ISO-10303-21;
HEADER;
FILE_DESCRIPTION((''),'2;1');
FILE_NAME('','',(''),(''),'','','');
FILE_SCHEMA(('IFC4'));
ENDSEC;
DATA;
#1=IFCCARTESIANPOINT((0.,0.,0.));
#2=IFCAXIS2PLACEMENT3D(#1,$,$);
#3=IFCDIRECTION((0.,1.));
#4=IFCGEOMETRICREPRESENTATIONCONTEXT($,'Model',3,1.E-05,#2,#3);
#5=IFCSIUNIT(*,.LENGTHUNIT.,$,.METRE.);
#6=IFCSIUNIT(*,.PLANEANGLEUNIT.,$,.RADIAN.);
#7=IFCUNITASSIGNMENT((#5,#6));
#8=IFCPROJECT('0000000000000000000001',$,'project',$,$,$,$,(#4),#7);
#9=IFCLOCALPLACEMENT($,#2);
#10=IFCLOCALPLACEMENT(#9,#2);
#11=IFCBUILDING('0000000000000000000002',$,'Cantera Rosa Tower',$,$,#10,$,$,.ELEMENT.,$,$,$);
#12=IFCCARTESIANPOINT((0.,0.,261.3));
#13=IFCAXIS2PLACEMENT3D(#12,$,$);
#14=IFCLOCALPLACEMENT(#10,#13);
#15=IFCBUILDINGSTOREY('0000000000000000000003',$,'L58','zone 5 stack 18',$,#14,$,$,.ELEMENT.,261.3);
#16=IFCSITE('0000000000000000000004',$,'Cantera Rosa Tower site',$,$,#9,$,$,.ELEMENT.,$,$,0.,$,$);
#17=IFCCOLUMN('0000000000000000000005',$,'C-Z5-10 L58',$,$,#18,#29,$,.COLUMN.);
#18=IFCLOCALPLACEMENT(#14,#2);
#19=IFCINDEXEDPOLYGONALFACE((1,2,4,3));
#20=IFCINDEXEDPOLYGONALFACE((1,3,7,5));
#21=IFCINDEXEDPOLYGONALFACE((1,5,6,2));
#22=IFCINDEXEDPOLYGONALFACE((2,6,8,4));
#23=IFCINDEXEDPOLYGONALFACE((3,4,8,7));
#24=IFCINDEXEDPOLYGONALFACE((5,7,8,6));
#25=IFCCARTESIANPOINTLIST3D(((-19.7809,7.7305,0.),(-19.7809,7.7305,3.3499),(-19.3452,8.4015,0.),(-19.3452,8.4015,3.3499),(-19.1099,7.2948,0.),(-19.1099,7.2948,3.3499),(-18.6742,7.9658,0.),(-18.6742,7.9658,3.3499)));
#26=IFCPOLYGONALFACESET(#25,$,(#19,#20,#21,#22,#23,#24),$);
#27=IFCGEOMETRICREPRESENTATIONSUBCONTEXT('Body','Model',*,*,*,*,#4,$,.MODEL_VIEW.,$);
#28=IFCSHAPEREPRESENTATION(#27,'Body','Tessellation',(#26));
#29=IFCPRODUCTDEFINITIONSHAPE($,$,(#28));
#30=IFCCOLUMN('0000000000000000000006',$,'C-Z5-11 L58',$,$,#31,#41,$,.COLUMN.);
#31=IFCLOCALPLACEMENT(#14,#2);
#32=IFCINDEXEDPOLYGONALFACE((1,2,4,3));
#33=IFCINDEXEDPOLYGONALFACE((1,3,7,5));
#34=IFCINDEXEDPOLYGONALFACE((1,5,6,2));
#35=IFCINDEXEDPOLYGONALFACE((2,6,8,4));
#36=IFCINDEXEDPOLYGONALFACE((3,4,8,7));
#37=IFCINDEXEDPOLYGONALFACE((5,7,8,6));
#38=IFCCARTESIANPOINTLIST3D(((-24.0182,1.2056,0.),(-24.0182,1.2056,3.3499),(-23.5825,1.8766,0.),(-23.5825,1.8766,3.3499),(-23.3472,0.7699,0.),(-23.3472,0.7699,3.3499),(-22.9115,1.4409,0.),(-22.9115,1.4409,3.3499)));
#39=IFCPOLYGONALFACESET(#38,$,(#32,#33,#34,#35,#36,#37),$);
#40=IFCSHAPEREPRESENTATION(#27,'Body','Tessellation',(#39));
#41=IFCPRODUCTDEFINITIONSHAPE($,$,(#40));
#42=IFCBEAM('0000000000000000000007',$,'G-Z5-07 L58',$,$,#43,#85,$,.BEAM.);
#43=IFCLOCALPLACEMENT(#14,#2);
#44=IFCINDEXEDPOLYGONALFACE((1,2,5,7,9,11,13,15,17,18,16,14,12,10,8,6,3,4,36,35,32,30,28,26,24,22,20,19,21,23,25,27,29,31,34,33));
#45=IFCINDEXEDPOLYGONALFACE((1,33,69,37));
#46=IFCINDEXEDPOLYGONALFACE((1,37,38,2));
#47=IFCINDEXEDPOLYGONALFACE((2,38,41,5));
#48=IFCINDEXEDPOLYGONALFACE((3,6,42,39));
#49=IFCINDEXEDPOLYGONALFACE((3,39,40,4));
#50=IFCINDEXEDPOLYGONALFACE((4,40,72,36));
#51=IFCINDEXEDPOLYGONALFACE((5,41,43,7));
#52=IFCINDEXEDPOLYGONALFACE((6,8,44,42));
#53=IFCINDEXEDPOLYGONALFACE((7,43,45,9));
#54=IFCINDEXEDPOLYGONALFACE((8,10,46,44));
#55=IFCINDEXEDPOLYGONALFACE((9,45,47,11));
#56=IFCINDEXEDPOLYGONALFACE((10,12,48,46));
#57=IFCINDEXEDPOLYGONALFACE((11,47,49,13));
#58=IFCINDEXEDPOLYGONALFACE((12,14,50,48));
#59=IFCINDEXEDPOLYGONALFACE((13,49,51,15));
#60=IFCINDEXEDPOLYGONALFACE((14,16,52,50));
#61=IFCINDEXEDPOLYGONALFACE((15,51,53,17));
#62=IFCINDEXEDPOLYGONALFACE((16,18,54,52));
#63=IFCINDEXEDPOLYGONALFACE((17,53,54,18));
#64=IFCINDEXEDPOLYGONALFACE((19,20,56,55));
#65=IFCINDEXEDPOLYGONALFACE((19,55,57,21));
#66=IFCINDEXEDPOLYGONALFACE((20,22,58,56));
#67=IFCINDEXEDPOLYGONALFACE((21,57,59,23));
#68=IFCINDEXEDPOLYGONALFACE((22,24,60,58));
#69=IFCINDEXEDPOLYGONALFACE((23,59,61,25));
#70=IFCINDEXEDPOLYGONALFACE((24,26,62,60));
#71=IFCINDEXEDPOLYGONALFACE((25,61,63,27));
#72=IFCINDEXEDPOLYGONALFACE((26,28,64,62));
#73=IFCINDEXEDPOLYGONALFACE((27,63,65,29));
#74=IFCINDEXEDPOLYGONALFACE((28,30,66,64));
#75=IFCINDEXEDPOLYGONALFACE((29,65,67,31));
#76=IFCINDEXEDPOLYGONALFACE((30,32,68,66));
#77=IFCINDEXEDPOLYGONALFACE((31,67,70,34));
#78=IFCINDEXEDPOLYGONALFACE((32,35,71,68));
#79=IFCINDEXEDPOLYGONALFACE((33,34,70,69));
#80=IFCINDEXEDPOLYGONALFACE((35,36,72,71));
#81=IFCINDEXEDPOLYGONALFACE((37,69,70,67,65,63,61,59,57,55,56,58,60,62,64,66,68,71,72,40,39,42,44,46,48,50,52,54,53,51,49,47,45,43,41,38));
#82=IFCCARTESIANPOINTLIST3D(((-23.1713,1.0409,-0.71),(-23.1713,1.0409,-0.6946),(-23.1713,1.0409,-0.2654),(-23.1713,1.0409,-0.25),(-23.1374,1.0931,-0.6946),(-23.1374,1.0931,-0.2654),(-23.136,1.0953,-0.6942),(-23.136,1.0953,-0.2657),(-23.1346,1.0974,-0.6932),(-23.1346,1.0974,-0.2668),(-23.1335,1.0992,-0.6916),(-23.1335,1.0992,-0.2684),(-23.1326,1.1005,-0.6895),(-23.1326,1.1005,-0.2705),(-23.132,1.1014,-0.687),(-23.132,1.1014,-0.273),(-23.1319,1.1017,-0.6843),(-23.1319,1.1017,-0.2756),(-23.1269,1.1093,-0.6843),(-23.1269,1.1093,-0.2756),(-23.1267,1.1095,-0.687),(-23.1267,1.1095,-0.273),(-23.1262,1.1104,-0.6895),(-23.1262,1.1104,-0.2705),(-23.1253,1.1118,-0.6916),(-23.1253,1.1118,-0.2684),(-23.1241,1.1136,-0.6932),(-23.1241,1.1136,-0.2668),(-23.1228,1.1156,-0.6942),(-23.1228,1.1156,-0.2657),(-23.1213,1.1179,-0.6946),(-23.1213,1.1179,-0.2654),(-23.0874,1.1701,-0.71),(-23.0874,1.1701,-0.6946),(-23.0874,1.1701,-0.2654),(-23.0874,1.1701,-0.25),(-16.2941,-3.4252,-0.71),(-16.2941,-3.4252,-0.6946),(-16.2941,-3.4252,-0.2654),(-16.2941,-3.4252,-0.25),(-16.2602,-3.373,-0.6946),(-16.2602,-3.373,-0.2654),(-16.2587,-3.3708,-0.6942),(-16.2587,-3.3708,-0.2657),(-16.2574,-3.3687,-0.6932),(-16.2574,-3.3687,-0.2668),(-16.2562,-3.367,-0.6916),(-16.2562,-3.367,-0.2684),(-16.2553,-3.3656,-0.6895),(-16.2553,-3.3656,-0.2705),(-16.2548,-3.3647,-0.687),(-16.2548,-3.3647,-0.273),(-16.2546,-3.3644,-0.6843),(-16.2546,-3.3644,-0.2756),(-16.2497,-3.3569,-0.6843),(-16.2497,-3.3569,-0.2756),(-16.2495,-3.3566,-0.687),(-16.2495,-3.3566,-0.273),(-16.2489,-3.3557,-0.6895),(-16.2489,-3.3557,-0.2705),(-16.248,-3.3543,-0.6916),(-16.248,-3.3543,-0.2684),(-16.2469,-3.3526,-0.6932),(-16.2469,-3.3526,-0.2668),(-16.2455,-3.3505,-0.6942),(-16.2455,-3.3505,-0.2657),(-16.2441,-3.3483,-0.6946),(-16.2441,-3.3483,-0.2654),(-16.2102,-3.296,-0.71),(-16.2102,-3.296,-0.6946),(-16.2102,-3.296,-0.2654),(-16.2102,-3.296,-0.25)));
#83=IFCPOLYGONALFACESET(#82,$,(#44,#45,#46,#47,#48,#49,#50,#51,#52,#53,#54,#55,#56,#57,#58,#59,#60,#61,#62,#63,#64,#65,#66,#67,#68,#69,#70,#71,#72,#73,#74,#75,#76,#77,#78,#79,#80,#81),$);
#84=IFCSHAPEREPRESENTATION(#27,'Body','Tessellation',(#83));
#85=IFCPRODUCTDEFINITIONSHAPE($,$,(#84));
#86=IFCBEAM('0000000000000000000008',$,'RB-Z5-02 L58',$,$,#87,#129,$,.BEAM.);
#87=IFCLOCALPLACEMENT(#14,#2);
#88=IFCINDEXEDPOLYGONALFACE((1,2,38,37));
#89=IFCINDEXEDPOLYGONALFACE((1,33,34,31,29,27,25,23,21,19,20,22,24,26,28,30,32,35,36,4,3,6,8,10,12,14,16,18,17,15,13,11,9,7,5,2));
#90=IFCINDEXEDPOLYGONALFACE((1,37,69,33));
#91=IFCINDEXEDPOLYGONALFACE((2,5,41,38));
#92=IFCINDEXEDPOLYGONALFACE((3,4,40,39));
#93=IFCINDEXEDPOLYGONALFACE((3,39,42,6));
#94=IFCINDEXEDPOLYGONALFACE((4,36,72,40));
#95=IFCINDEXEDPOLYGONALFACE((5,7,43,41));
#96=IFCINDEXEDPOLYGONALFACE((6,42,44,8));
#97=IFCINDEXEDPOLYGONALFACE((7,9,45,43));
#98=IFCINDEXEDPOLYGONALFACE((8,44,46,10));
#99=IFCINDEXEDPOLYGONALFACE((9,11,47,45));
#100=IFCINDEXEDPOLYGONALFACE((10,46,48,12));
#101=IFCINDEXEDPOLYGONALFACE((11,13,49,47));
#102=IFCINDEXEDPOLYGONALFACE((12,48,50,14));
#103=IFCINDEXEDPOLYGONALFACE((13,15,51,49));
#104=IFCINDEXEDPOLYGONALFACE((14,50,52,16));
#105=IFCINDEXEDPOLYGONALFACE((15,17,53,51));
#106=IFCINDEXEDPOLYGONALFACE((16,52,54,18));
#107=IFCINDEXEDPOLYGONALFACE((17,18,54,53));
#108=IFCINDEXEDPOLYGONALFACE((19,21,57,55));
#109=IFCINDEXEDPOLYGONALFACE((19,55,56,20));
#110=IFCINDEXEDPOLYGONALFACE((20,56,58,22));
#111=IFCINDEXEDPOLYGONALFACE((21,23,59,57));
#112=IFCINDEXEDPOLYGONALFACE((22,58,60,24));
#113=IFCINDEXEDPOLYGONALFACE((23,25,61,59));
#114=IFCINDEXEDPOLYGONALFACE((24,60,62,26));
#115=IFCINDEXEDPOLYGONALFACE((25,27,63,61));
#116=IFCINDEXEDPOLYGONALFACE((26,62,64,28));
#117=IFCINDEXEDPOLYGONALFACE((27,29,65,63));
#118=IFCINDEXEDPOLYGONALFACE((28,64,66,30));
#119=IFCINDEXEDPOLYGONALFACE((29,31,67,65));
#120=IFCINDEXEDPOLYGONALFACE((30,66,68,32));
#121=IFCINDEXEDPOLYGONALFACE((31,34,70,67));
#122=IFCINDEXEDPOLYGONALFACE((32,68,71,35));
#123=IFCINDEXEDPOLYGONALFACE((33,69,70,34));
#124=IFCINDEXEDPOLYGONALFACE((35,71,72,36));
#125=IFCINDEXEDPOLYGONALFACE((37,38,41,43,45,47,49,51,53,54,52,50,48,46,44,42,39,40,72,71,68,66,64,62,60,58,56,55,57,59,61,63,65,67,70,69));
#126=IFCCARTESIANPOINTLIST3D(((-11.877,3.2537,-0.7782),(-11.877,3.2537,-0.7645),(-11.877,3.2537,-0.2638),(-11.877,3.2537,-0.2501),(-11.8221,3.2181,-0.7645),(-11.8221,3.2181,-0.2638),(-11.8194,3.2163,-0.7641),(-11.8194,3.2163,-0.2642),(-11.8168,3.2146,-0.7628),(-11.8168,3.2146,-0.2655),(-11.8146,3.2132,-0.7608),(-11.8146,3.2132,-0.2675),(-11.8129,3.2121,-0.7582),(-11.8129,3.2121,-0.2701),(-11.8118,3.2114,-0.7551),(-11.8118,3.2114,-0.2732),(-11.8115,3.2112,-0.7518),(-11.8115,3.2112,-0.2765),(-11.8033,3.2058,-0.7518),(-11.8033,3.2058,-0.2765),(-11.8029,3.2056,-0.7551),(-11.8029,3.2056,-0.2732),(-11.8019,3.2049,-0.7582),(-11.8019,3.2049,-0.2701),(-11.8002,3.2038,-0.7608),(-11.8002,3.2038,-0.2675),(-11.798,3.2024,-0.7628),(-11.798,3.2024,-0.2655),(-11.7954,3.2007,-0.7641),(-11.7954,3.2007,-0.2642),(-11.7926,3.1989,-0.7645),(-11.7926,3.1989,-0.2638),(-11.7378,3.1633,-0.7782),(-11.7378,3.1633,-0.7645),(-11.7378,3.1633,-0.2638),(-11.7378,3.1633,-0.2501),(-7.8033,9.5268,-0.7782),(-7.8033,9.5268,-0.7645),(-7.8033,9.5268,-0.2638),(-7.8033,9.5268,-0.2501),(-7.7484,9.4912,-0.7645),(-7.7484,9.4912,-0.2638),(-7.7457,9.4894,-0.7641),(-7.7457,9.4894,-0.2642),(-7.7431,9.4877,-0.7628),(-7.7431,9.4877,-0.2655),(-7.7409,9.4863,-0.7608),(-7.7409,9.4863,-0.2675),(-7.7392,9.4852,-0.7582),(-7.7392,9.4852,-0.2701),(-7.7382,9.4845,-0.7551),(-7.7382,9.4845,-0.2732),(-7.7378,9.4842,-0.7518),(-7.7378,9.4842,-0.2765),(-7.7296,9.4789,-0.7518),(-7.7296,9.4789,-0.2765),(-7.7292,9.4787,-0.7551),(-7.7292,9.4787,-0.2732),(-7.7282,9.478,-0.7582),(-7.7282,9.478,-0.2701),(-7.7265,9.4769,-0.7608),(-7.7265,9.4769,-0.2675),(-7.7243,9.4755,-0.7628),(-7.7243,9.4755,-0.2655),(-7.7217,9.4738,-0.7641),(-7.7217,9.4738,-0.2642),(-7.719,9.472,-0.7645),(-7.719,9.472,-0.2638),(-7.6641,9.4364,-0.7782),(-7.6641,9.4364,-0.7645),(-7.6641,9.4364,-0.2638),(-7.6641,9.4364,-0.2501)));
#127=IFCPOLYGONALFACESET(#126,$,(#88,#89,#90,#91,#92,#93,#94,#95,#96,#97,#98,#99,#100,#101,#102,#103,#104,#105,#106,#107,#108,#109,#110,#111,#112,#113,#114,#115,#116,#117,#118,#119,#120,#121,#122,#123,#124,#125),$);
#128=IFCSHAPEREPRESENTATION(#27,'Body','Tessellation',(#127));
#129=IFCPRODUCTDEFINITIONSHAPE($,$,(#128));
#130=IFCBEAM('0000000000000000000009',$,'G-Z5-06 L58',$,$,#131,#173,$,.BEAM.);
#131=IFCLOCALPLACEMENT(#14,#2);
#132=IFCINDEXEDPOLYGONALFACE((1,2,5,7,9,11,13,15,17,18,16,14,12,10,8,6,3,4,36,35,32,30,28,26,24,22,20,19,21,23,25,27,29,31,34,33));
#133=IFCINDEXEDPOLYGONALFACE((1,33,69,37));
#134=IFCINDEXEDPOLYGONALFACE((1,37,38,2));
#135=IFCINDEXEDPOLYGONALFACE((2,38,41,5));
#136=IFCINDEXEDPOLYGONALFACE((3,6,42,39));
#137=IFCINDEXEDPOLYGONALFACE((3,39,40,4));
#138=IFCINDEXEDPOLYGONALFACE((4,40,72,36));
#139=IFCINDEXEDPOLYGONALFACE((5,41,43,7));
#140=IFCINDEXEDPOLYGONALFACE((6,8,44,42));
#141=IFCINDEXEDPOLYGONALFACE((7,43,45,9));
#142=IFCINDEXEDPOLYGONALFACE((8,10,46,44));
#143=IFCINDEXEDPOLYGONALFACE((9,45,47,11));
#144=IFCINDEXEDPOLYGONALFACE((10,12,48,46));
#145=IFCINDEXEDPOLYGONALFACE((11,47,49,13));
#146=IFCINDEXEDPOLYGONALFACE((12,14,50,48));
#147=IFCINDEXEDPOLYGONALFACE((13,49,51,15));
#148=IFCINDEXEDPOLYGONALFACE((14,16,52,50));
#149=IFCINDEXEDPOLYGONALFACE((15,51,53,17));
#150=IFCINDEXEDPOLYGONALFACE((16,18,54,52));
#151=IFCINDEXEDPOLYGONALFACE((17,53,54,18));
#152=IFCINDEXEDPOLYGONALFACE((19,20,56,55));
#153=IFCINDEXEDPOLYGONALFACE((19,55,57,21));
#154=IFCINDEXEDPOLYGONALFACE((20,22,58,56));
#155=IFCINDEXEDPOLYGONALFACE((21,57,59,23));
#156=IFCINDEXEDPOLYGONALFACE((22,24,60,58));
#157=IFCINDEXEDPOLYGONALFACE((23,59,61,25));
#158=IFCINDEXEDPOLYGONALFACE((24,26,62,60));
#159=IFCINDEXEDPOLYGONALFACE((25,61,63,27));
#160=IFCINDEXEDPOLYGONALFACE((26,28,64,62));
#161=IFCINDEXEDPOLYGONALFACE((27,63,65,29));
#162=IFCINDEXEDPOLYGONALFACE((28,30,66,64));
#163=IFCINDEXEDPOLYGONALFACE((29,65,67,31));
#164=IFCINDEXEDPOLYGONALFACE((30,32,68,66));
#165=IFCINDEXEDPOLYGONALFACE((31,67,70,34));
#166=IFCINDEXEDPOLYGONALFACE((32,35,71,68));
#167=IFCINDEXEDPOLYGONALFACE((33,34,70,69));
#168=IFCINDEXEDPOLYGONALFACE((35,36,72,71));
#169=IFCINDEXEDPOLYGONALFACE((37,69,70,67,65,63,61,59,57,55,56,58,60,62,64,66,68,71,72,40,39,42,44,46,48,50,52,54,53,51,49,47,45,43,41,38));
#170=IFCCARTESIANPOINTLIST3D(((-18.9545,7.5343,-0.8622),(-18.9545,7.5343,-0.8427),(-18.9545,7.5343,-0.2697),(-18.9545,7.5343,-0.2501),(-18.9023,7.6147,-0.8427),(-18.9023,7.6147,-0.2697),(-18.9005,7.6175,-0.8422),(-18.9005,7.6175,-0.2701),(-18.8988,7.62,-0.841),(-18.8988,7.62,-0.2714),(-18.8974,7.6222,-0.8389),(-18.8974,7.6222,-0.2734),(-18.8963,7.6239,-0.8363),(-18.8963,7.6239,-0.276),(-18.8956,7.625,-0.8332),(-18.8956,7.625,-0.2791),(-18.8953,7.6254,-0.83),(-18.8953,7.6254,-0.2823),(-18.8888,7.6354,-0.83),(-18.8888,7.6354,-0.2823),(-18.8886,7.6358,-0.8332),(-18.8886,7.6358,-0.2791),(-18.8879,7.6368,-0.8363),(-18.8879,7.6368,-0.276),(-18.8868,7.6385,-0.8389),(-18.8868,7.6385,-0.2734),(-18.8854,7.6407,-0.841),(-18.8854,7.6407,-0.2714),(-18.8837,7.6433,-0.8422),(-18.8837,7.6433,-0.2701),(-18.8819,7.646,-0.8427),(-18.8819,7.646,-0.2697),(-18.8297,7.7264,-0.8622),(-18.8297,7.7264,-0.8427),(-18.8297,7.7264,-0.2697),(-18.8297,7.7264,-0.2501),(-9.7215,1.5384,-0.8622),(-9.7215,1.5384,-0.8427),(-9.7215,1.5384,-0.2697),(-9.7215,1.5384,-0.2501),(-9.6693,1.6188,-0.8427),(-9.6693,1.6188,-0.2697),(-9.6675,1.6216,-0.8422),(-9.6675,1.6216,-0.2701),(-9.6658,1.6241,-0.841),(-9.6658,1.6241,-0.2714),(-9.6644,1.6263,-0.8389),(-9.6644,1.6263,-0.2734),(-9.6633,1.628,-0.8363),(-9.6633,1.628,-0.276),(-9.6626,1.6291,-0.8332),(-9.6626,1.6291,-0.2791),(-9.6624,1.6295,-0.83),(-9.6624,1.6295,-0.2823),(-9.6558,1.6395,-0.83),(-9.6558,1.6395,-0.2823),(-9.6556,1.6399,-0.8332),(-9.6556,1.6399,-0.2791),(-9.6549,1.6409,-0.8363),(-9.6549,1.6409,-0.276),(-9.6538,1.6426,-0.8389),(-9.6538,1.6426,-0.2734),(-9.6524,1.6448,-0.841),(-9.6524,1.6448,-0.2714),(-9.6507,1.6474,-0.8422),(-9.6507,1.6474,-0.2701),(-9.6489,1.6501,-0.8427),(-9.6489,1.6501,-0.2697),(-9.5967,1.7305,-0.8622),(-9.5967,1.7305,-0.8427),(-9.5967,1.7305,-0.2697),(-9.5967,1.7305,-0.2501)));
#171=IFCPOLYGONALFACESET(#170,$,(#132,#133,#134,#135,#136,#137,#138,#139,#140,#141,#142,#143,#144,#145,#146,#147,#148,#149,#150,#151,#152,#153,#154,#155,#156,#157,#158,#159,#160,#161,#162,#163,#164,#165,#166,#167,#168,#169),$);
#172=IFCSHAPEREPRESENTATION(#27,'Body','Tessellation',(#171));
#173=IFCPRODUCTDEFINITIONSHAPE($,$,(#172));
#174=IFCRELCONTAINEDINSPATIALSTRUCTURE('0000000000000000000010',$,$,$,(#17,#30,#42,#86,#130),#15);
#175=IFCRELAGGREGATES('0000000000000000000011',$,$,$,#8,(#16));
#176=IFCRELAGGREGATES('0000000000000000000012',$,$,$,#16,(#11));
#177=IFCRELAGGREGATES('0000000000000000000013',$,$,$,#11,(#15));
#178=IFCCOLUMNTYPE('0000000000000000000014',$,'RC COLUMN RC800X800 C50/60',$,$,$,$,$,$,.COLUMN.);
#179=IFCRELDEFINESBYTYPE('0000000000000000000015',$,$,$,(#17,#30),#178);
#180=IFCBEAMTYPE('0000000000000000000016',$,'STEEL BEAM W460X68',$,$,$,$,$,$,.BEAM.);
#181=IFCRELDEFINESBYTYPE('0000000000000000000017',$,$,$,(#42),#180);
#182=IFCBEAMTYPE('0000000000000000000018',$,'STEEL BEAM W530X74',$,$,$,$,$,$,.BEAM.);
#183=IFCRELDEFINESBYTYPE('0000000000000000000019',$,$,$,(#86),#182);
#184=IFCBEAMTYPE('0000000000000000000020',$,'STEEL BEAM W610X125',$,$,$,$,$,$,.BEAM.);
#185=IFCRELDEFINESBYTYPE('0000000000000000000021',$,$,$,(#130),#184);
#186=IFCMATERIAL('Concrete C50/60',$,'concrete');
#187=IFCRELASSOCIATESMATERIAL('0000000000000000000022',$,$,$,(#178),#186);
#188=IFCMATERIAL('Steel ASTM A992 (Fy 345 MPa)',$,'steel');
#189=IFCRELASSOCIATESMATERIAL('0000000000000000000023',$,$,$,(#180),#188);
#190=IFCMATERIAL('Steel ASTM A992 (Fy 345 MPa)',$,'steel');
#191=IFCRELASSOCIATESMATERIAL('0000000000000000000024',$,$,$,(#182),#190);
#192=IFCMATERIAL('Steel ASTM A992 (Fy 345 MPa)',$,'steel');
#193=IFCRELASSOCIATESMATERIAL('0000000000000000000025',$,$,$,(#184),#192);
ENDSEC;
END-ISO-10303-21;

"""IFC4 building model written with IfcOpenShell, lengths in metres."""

from ifc_helpers import new_model, si_unit, direction, frame, origin, origin_2d, place, context, subcontext, project, spatial, rectangle, i_section, extrude, material, material_profile, profile_set, type_object, element, save


model = new_model("IFC4")

# Units and contexts
model_context = context("Model", 3, precision=1e-05, world=origin(), true_north=direction((0.0, 1.0)))
body_context = subcontext(model_context, "Body", "Model", "MODEL_VIEW")
ifc_project = project(units=[si_unit("LENGTHUNIT", "METRE"), si_unit("PLANEANGLEUNIT", "RADIAN")], contexts=[model_context])

# Site, building, storey
site_placement = place(None, origin())
site = spatial("IfcSite", under=ifc_project, at=site_placement, Name="Cantera Rosa Tower site", CompositionType="ELEMENT", RefElevation=0.0)
building_placement = place(site_placement, origin())
building = spatial("IfcBuilding", under=site, at=building_placement, Name="Cantera Rosa Tower", CompositionType="ELEMENT")
storey_placement = place(building_placement, frame((0.0, 0.0, 261.3)))
storey = spatial("IfcBuildingStorey", under=building, at=storey_placement, Name="L58", Description="zone 5 stack 18", CompositionType="ELEMENT", Elevation=261.3)

# Columns
ifc_material_1 = material(Name="Concrete C50/60", Category="concrete")
ifc_material_profile_1 = material_profile(ifc_material_1, rectangle(XDim=0.8, YDim=0.8, at=origin_2d()), Name="RC COLUMN RC800X800 C50/60")
ifc_profile_set_1 = profile_set([ifc_material_profile_1], Name="Concrete C50/60")
column_type = type_object("IfcColumnType", Name="RC COLUMN RC800X800 C50/60", PredefinedType="COLUMN", material=ifc_profile_set_1)
for number, where, z_axis, x_axis, name in (
    (1, (-19.2275, 7.8481, 0.0), (0.0, 0.0, 1.0), (0.544639, 0.838671, 0.0), "C-Z5-10 L58"),
    (2, (-23.4648, 1.3232, 0.0), (0.0, 0.0, 1.0), (0.544639, 0.838671, 0.0), "C-Z5-11 L58"),
):
    element("IfcColumn", number, at=place(storey_placement, frame(where, z_axis=z_axis, x_axis=x_axis)), inside=storey, type_object=column_type, Name=name, PredefinedType="COLUMN", context=body_context, shape_type="SweptSolid", body=[
        extrude(rectangle(XDim=0.8, YDim=0.8, at=origin_2d()), origin(), (0.0, 0.0, 1.0), 3.3499),
    ])

# Beams
ifc_material_2 = material(Name="Steel ASTM A992 (Fy 345 MPa)", Category="steel")
ifc_material_profile_2 = material_profile(ifc_material_2, i_section(OverallWidth=0.1541, OverallDepth=0.46, WebThickness=0.009, FlangeThickness=0.0154, FilletRadius=0.0103, at=origin_2d()), Name="W460X68")
ifc_profile_set_2 = profile_set([ifc_material_profile_2], Name="Steel ASTM A992 (Fy 345 MPa)")
beam_type_1 = type_object("IfcBeamType", Name="STEEL BEAM W460X68", PredefinedType="BEAM", material=ifc_profile_set_2)
beam_1_placement = place(storey_placement, frame((-23.1294, 1.1055, -0.48), z_axis=(0.838673, -0.544636, 0.0), x_axis=(0.544636, 0.838673, 0.0)))
element("IfcBeam", 3, at=beam_1_placement, inside=storey, type_object=beam_type_1, Name="G-Z5-07 L58", PredefinedType="BEAM", context=body_context, shape_type="SweptSolid", body=[
    extrude(i_section(OverallWidth=0.1541, OverallDepth=0.46, WebThickness=0.009, FlangeThickness=0.0154, FilletRadius=0.0103, at=origin_2d()), origin(), (0.0, 0.0, 1.0), 8.2002),
])
ifc_material_3 = material(Name="Steel ASTM A992 (Fy 345 MPa)", Category="steel")
ifc_material_profile_3 = material_profile(ifc_material_3, i_section(OverallWidth=0.166, OverallDepth=0.5281, WebThickness=0.0098, FlangeThickness=0.0137, FilletRadius=0.0127, at=origin_2d()), Name="W530X74")
ifc_profile_set_3 = profile_set([ifc_material_profile_3], Name="Steel ASTM A992 (Fy 345 MPa)")
beam_type_2 = type_object("IfcBeamType", Name="STEEL BEAM W530X74", PredefinedType="BEAM", material=ifc_profile_set_3)
beam_2_placement = place(storey_placement, frame((-11.8074, 3.2085, -0.5142), z_axis=(0.544627, 0.838678, 0.0), x_axis=(-0.838678, 0.544627, 0.0)))
element("IfcBeam", 4, at=beam_2_placement, inside=storey, type_object=beam_type_2, Name="RB-Z5-02 L58", PredefinedType="BEAM", context=body_context, shape_type="SweptSolid", body=[
    extrude(i_section(OverallWidth=0.166, OverallDepth=0.5281, WebThickness=0.0098, FlangeThickness=0.0137, FilletRadius=0.0127, at=origin_2d()), origin(), (0.0, 0.0, 1.0), 7.4797),
])
ifc_material_4 = material(Name="Steel ASTM A992 (Fy 345 MPa)", Category="steel")
ifc_material_profile_4 = material_profile(ifc_material_4, i_section(OverallWidth=0.229, OverallDepth=0.6121, WebThickness=0.012, FlangeThickness=0.0195, FilletRadius=0.0127, at=origin_2d()), Name="W610X125")
ifc_profile_set_4 = profile_set([ifc_material_profile_4], Name="Steel ASTM A992 (Fy 345 MPa)")
beam_type_3 = type_object("IfcBeamType", Name="STEEL BEAM W610X125", PredefinedType="BEAM", material=ifc_profile_set_4)
beam_3_placement = place(storey_placement, frame((-18.8921, 7.6304, -0.5562), z_axis=(0.838674, -0.544634, 0.0), x_axis=(0.544634, 0.838674, 0.0)))
element("IfcBeam", 5, at=beam_3_placement, inside=storey, type_object=beam_type_3, Name="G-Z5-06 L58", PredefinedType="BEAM", context=body_context, shape_type="SweptSolid", body=[
    extrude(i_section(OverallWidth=0.229, OverallDepth=0.6121, WebThickness=0.012, FlangeThickness=0.0195, FilletRadius=0.0127, at=origin_2d()), origin(), (0.0, 0.0, 1.0), 11.009),
])

save(model, "model.ifc")
